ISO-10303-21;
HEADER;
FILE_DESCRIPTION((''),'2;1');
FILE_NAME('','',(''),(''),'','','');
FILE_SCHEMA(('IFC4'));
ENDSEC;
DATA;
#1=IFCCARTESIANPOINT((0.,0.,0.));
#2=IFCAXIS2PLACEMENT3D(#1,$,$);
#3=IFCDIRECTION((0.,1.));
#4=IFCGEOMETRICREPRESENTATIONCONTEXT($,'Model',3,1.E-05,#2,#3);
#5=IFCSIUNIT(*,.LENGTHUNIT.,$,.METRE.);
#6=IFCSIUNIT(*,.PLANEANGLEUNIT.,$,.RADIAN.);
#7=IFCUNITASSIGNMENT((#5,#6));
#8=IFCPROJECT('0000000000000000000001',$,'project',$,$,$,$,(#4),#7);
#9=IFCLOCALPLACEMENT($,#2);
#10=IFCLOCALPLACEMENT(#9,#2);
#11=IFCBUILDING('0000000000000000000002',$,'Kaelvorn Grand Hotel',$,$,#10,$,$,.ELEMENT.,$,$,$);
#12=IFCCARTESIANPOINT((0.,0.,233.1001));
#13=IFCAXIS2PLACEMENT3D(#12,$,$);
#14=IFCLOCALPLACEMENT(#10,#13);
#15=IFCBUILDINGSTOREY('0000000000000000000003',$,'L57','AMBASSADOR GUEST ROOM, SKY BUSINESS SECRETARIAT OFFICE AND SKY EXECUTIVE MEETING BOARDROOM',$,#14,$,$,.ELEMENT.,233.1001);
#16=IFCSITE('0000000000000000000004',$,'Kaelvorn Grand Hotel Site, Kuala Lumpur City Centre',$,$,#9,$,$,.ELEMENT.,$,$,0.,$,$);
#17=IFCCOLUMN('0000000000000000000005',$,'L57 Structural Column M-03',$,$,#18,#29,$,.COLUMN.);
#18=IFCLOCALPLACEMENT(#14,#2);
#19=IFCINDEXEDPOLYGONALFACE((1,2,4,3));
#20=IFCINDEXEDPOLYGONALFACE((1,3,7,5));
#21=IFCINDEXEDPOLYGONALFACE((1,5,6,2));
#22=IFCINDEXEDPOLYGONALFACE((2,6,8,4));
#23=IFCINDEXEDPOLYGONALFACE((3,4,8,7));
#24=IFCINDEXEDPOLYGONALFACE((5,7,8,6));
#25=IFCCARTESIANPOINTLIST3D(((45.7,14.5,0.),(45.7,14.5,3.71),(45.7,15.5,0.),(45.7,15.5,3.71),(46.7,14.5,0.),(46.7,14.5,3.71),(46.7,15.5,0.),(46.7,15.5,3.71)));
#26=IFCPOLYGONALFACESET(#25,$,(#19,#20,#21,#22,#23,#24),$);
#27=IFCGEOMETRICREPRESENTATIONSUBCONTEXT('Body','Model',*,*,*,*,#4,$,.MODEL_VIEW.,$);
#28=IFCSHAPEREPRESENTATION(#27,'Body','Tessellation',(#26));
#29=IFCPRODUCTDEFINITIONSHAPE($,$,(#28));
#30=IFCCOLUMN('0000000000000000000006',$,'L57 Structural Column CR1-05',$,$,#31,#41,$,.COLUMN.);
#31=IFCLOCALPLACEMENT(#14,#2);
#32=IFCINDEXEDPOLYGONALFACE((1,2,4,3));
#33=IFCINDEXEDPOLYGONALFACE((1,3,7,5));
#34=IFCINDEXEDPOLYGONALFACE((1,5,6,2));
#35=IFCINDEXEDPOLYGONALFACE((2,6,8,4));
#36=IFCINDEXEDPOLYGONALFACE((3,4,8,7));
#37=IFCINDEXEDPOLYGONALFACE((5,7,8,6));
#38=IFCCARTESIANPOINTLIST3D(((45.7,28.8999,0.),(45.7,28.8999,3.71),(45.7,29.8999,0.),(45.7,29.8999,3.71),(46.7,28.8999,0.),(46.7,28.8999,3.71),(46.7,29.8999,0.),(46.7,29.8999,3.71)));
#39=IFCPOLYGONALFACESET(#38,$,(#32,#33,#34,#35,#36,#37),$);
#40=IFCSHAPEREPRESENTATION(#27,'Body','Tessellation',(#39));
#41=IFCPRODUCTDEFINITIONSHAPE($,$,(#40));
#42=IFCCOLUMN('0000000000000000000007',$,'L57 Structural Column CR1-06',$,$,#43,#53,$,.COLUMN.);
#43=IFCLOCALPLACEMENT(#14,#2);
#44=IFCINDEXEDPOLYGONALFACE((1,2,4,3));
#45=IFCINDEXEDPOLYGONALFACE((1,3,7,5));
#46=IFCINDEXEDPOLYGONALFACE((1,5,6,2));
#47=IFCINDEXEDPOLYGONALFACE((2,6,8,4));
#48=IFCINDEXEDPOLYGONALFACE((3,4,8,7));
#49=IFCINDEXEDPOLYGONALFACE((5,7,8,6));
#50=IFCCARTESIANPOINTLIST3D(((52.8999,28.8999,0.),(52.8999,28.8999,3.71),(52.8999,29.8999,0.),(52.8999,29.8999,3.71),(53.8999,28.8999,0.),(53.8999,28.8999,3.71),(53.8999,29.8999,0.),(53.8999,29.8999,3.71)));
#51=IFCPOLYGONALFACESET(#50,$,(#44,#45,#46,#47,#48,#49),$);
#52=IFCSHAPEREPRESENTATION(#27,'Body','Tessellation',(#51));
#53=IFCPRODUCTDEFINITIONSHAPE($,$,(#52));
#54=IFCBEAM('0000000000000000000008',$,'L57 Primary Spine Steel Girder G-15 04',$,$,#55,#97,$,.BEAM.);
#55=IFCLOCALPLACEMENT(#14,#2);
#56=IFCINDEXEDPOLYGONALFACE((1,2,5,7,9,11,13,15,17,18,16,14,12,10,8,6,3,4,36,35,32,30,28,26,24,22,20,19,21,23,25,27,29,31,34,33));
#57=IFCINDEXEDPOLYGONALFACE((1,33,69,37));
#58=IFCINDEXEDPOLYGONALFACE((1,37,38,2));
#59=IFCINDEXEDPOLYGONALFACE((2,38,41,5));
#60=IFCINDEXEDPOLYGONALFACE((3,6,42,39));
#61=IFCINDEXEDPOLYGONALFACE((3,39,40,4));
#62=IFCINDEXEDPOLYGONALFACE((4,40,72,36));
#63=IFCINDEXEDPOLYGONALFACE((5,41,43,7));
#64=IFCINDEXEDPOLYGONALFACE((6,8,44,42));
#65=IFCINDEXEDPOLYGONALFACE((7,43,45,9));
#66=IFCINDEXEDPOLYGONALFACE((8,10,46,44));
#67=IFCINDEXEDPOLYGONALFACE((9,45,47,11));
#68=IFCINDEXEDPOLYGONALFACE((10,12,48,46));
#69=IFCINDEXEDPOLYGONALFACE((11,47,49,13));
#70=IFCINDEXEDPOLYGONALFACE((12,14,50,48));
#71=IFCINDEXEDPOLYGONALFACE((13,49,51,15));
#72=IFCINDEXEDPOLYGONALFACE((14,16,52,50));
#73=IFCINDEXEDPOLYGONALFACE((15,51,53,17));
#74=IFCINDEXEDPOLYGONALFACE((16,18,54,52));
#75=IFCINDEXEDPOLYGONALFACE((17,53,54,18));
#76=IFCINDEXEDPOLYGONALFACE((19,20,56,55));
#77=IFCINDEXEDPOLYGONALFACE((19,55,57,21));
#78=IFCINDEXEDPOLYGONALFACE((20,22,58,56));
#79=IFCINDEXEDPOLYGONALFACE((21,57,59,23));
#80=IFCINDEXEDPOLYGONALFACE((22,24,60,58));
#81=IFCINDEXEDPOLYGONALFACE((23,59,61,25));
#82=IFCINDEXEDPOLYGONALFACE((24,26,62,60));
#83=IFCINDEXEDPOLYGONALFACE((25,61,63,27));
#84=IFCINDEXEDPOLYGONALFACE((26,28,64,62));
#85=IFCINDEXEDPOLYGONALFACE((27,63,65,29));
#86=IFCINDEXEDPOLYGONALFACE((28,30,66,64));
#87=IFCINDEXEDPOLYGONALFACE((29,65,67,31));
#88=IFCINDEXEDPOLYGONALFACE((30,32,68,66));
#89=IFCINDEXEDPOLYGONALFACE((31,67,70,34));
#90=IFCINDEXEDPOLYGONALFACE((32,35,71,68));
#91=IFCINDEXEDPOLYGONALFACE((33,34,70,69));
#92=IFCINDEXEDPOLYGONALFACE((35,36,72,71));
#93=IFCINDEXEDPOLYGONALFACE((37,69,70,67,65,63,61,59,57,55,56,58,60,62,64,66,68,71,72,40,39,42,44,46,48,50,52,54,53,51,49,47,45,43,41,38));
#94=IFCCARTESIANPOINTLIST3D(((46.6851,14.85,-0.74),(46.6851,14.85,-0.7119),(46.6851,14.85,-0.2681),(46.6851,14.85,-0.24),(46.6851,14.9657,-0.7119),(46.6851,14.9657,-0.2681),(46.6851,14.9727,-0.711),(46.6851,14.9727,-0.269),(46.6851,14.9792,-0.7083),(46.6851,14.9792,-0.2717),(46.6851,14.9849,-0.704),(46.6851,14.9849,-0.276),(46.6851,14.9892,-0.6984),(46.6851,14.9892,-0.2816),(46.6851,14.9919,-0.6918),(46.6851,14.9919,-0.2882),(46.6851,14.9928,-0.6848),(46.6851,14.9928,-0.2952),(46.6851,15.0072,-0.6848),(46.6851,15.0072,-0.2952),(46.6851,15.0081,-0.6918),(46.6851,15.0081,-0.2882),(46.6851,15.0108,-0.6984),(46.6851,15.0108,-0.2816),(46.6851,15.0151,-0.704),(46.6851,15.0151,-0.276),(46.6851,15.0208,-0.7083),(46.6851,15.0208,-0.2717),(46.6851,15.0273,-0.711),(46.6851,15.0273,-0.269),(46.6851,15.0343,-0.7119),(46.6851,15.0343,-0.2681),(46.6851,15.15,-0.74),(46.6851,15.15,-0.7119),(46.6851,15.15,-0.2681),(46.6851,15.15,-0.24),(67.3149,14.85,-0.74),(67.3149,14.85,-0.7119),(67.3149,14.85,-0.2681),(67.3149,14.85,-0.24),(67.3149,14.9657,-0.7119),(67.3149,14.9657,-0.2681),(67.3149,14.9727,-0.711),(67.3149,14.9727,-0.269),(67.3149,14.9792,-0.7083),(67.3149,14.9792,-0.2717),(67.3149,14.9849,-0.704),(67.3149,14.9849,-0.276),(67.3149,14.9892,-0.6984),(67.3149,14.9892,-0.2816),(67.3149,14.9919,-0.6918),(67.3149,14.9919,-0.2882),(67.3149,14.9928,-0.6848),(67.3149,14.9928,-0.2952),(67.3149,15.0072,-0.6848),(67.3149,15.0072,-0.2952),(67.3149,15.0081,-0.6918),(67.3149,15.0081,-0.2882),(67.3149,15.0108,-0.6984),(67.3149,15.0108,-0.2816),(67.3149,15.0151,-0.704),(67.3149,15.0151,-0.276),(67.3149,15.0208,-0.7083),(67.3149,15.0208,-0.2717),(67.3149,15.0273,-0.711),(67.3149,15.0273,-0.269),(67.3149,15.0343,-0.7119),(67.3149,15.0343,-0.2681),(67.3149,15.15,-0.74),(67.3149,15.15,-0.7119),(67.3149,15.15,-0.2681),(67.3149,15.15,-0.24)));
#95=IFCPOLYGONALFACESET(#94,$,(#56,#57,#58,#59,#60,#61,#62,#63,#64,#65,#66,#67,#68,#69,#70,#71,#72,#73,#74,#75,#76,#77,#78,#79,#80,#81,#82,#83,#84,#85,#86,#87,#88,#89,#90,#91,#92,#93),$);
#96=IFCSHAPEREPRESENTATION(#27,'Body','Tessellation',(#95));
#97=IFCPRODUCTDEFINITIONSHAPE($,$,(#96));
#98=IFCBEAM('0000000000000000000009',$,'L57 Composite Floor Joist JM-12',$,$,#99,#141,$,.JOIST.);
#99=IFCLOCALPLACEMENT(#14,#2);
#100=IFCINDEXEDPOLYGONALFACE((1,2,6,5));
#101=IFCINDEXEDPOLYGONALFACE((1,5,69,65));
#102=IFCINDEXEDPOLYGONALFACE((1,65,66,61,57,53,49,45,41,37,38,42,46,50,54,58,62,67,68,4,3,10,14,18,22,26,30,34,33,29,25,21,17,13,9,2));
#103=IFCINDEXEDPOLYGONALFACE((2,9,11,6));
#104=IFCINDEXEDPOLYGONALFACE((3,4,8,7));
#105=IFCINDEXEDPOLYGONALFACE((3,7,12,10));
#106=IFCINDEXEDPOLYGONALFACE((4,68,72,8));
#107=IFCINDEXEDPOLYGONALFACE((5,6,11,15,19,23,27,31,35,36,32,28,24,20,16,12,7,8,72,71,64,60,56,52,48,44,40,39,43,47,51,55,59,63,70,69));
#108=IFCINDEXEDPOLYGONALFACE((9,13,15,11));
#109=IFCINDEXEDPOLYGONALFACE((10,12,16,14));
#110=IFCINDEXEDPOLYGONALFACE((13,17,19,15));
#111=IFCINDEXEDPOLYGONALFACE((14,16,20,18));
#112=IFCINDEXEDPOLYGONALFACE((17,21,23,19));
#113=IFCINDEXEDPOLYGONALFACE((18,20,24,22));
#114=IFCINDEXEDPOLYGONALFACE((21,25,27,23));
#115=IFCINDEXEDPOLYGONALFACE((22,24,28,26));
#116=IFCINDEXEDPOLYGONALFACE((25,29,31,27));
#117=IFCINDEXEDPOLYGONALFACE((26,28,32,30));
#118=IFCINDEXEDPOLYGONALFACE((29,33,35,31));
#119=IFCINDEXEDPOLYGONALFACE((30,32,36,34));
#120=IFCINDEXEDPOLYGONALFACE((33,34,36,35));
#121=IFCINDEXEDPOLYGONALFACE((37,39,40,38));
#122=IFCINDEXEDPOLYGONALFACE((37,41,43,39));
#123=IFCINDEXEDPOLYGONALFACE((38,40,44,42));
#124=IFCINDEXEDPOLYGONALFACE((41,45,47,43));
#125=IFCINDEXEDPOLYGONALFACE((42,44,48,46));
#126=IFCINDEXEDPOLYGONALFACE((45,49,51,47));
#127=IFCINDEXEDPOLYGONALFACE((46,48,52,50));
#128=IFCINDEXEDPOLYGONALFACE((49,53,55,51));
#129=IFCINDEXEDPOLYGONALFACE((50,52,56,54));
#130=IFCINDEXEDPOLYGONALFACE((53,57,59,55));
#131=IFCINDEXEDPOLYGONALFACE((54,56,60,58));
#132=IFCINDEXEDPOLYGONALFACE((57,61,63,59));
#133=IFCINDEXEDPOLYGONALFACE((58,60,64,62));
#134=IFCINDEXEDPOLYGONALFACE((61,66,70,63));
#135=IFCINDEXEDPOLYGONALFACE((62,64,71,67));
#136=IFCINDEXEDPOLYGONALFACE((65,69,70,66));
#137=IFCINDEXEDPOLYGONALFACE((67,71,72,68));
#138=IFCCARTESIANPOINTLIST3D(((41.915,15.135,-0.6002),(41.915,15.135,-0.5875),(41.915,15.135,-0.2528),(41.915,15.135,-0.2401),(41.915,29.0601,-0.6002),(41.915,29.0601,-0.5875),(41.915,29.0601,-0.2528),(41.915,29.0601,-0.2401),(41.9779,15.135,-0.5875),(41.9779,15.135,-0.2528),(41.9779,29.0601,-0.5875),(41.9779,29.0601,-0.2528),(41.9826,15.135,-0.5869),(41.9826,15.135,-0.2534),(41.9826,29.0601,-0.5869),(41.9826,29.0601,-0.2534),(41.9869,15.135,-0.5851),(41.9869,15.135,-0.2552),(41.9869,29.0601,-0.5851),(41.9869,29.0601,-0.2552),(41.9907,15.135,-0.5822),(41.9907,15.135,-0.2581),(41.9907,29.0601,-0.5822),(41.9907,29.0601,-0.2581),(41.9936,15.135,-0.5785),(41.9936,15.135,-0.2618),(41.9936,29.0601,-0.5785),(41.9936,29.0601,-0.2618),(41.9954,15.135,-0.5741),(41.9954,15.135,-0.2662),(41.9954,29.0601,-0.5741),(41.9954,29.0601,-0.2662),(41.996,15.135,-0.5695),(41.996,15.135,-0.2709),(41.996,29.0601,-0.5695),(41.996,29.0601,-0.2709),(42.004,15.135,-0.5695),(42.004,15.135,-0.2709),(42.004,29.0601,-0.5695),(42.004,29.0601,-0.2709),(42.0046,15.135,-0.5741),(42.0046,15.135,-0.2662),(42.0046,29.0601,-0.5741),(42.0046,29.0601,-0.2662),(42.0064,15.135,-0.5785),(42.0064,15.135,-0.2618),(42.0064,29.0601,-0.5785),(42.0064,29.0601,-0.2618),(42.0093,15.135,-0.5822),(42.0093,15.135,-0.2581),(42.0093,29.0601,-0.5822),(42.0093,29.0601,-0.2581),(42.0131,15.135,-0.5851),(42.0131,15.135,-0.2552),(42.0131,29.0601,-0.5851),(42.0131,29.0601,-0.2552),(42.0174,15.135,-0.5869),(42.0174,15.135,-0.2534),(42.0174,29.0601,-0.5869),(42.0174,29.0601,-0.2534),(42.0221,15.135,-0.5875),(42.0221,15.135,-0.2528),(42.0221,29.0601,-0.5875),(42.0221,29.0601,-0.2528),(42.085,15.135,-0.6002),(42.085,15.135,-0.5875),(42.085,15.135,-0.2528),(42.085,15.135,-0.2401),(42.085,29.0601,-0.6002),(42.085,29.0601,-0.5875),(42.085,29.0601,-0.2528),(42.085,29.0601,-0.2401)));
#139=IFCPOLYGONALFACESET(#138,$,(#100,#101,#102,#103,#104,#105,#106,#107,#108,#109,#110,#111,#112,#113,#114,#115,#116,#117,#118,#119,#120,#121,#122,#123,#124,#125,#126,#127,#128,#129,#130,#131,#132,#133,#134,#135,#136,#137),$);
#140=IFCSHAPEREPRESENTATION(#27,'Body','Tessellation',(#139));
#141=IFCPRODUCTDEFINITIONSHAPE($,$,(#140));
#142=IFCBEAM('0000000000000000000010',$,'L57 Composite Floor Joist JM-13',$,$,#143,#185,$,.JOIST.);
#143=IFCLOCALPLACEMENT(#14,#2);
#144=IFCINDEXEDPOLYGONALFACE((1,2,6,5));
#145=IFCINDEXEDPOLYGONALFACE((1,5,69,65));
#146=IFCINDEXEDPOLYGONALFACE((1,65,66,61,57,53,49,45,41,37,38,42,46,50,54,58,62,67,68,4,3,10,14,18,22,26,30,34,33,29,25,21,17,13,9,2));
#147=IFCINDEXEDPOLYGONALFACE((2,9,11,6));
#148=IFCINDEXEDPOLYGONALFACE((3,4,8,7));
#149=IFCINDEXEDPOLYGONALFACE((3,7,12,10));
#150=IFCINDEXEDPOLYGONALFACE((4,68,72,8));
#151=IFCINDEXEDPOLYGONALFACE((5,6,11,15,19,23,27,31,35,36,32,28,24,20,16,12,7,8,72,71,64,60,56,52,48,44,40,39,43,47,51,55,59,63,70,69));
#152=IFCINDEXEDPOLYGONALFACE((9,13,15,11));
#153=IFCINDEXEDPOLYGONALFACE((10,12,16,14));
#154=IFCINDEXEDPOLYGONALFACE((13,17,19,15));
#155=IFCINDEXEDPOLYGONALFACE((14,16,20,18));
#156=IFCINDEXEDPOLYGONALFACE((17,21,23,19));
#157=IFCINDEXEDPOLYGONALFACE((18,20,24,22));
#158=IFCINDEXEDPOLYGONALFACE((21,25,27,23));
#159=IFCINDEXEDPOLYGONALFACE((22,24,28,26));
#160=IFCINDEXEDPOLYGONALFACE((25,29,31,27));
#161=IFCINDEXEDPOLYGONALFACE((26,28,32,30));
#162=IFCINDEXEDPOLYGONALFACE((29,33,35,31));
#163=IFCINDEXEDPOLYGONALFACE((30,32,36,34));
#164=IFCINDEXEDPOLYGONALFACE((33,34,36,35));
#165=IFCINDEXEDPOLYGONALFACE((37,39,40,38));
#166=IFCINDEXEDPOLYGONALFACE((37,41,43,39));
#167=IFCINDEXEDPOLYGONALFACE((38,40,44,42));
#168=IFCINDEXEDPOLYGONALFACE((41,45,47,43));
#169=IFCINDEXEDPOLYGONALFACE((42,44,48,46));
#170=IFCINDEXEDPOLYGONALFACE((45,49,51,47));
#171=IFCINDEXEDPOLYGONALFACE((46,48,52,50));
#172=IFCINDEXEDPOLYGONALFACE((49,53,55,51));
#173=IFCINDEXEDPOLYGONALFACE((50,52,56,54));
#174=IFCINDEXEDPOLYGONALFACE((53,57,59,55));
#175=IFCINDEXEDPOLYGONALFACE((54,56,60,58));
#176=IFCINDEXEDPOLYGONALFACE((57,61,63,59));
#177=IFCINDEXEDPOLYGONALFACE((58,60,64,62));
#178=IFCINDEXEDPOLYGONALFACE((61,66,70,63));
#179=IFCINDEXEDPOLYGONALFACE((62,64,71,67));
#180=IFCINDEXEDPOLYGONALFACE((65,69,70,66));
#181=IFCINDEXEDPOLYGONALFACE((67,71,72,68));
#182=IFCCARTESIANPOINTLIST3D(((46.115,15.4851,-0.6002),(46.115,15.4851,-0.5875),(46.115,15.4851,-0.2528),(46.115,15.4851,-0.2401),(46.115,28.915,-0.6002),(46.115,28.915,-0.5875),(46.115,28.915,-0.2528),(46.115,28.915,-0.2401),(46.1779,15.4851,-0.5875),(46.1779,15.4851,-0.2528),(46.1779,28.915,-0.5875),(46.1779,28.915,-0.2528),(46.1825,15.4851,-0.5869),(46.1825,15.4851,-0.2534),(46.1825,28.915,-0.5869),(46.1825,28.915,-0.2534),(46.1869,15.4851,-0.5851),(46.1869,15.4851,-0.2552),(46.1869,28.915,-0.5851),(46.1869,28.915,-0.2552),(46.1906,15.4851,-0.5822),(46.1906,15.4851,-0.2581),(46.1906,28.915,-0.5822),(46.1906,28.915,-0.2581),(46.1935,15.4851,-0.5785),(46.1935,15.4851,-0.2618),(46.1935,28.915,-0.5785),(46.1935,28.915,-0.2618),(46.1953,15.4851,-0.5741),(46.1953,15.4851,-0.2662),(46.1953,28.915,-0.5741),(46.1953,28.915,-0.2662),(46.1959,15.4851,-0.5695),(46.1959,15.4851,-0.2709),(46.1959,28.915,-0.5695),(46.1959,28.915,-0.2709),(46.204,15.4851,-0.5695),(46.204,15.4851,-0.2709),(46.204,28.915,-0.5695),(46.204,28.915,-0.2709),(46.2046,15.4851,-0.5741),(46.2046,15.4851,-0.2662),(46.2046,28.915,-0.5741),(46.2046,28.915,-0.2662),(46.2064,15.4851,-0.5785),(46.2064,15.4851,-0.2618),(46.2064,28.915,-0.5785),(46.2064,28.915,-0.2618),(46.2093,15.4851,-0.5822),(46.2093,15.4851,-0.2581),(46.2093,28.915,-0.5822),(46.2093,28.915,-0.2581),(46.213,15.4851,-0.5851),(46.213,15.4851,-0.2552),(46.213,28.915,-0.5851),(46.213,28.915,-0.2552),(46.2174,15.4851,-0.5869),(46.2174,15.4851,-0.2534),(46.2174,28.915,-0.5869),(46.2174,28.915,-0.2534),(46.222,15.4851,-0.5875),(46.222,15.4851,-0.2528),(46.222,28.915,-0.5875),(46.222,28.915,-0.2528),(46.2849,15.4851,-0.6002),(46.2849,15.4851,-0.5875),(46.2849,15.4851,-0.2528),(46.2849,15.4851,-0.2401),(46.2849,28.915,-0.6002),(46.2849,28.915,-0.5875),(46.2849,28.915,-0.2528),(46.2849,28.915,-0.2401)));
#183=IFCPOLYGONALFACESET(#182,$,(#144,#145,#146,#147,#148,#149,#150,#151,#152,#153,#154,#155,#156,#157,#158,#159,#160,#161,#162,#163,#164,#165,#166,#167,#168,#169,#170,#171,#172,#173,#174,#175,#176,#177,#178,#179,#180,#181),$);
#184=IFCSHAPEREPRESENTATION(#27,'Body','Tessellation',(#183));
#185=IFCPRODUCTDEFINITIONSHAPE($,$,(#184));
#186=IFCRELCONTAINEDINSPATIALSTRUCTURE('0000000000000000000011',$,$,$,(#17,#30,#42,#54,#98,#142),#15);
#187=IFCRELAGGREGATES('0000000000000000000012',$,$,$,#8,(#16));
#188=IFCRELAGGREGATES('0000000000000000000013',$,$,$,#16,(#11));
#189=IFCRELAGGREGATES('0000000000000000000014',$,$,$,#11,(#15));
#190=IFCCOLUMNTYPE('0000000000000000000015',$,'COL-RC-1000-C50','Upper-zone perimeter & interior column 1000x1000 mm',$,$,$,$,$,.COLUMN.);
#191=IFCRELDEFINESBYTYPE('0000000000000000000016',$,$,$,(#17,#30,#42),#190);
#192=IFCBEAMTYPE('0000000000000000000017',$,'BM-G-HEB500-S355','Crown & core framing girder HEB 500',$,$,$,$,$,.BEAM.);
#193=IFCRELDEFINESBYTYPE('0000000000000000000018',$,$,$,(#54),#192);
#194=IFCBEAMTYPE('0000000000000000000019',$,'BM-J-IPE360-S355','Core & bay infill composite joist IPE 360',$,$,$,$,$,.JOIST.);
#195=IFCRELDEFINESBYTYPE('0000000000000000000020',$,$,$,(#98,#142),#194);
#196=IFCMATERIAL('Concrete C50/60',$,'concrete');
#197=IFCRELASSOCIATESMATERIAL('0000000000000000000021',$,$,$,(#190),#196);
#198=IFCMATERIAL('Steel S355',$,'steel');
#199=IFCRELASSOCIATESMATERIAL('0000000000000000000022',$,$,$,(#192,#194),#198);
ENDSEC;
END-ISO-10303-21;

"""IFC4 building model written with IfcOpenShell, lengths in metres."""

from ifc_helpers import new_model, si_unit, direction, frame, origin, origin_2d, place, context, subcontext, project, spatial, rectangle, i_section, extrude, material, material_profile, profile_set, type_object, element, save


model = new_model("IFC4")

# Units and contexts
model_context = context("Model", 3, precision=1e-05, world=origin(), true_north=direction((0.0, 1.0)))
body_context = subcontext(model_context, "Body", "Model", "MODEL_VIEW")
ifc_project = project(units=[si_unit("LENGTHUNIT", "METRE"), si_unit("PLANEANGLEUNIT", "RADIAN")], contexts=[model_context])

# Site, building, storey
site_placement = place(None, origin())
site = spatial("IfcSite", under=ifc_project, at=site_placement, Name="Kaelvorn Grand Hotel Site, Kuala Lumpur City Centre", CompositionType="ELEMENT", RefElevation=0.0)
building_placement = place(site_placement, origin())
building = spatial("IfcBuilding", under=site, at=building_placement, Name="Kaelvorn Grand Hotel", CompositionType="ELEMENT")
storey_placement = place(building_placement, frame((0.0, 0.0, 233.1001)))
storey = spatial("IfcBuildingStorey", under=building, at=storey_placement, Name="L57", Description="AMBASSADOR GUEST ROOM, SKY BUSINESS SECRETARIAT OFFICE AND SKY EXECUTIVE MEETING BOARDROOM", CompositionType="ELEMENT", Elevation=233.1001)

# Columns
ifc_material_1 = material(Name="Concrete C50/60", Category="concrete")
ifc_material_profile_1 = material_profile(ifc_material_1, rectangle(XDim=1.0, YDim=1.0, at=origin_2d()), Name="RC COL 1000x1000")
ifc_profile_set_1 = profile_set([ifc_material_profile_1], Name="Concrete C50/60")
column_type = type_object("IfcColumnType", Name="COL-RC-1000-C50", Description="Upper-zone perimeter & interior column 1000x1000 mm", PredefinedType="COLUMN", material=ifc_profile_set_1)
for number, where, z_axis, x_axis, name in (
    (1, (46.2, 15.0, 0.0), (0.0, 0.0, 1.0), (1.0, 0.0, 0.0), "L57 Structural Column M-03"),
    (2, (46.2, 29.3999, 0.0), (0.0, 0.0, 1.0), (1.0, 0.0, 0.0), "L57 Structural Column CR1-05"),
    (3, (53.3999, 29.3999, 0.0), (0.0, 0.0, 1.0), (1.0, 0.0, 0.0), "L57 Structural Column CR1-06"),
):
    element("IfcColumn", number, at=place(storey_placement, frame(where, z_axis=z_axis, x_axis=x_axis)), inside=storey, type_object=column_type, Name=name, PredefinedType="COLUMN", context=body_context, shape_type="SweptSolid", body=[
        extrude(rectangle(XDim=1.0, YDim=1.0, at=origin_2d()), origin(), (0.0, 0.0, 1.0), 3.71),
    ])

# Beams
ifc_material_2 = material(Name="Steel S355", Category="steel")
ifc_material_profile_2 = material_profile(ifc_material_2, i_section(OverallWidth=0.3, OverallDepth=0.5, WebThickness=0.0144, FlangeThickness=0.0281, FilletRadius=0.0271, at=origin_2d()), Name="HEB 500")
ifc_profile_set_2 = profile_set([ifc_material_profile_2], Name="Steel S355")
beam_type_1 = type_object("IfcBeamType", Name="BM-G-HEB500-S355", Description="Crown & core framing girder HEB 500", PredefinedType="BEAM", material=ifc_profile_set_2)
beam_1_placement = place(storey_placement, frame((46.6851, 15.0, -0.49), z_axis=(1.0, 0.0, 0.0), x_axis=(0.0, 1.0, 0.0)))
element("IfcBeam", 4, at=beam_1_placement, inside=storey, type_object=beam_type_1, Name="L57 Primary Spine Steel Girder G-15 04", PredefinedType="BEAM", context=body_context, shape_type="SweptSolid", body=[
    extrude(i_section(OverallWidth=0.3, OverallDepth=0.5, WebThickness=0.0144, FlangeThickness=0.0281, FilletRadius=0.0271, at=origin_2d()), origin(), (0.0, 0.0, 1.0), 20.6299),
])
ifc_material_profile_3 = material_profile(ifc_material_2, i_section(OverallWidth=0.1699, OverallDepth=0.3601, WebThickness=0.0081, FlangeThickness=0.0127, FilletRadius=0.0181, at=origin_2d()), Name="IPE 360")
ifc_profile_set_3 = profile_set([ifc_material_profile_3], Name="Steel S355")
beam_type_2 = type_object("IfcBeamType", Name="BM-J-IPE360-S355", Description="Core & bay infill composite joist IPE 360", PredefinedType="JOIST", material=ifc_profile_set_3)
beam_2_placement = place(storey_placement, frame((42.0, 15.135, -0.4202), z_axis=(0.0, 1.0, 0.0), x_axis=(-1.0, 0.0, 0.0)))
element("IfcBeam", 5, at=beam_2_placement, inside=storey, type_object=beam_type_2, Name="L57 Composite Floor Joist JM-12", PredefinedType="JOIST", context=body_context, shape_type="SweptSolid", body=[
    extrude(i_section(OverallWidth=0.1699, OverallDepth=0.3601, WebThickness=0.0081, FlangeThickness=0.0127, FilletRadius=0.0181, at=origin_2d()), origin(), (0.0, 0.0, 1.0), 13.925),
])
beam_3_placement = place(storey_placement, frame((46.2, 15.4851, -0.4202), z_axis=(0.0, 1.0, 0.0), x_axis=(-1.0, 0.0, 0.0)))
element("IfcBeam", 6, at=beam_3_placement, inside=storey, type_object=beam_type_2, Name="L57 Composite Floor Joist JM-13", PredefinedType="JOIST", context=body_context, shape_type="SweptSolid", body=[
    extrude(i_section(OverallWidth=0.1699, OverallDepth=0.3601, WebThickness=0.0081, FlangeThickness=0.0127, FilletRadius=0.0181, at=origin_2d()), origin(), (0.0, 0.0, 1.0), 13.4299),
])

save(model, "model.ifc")
